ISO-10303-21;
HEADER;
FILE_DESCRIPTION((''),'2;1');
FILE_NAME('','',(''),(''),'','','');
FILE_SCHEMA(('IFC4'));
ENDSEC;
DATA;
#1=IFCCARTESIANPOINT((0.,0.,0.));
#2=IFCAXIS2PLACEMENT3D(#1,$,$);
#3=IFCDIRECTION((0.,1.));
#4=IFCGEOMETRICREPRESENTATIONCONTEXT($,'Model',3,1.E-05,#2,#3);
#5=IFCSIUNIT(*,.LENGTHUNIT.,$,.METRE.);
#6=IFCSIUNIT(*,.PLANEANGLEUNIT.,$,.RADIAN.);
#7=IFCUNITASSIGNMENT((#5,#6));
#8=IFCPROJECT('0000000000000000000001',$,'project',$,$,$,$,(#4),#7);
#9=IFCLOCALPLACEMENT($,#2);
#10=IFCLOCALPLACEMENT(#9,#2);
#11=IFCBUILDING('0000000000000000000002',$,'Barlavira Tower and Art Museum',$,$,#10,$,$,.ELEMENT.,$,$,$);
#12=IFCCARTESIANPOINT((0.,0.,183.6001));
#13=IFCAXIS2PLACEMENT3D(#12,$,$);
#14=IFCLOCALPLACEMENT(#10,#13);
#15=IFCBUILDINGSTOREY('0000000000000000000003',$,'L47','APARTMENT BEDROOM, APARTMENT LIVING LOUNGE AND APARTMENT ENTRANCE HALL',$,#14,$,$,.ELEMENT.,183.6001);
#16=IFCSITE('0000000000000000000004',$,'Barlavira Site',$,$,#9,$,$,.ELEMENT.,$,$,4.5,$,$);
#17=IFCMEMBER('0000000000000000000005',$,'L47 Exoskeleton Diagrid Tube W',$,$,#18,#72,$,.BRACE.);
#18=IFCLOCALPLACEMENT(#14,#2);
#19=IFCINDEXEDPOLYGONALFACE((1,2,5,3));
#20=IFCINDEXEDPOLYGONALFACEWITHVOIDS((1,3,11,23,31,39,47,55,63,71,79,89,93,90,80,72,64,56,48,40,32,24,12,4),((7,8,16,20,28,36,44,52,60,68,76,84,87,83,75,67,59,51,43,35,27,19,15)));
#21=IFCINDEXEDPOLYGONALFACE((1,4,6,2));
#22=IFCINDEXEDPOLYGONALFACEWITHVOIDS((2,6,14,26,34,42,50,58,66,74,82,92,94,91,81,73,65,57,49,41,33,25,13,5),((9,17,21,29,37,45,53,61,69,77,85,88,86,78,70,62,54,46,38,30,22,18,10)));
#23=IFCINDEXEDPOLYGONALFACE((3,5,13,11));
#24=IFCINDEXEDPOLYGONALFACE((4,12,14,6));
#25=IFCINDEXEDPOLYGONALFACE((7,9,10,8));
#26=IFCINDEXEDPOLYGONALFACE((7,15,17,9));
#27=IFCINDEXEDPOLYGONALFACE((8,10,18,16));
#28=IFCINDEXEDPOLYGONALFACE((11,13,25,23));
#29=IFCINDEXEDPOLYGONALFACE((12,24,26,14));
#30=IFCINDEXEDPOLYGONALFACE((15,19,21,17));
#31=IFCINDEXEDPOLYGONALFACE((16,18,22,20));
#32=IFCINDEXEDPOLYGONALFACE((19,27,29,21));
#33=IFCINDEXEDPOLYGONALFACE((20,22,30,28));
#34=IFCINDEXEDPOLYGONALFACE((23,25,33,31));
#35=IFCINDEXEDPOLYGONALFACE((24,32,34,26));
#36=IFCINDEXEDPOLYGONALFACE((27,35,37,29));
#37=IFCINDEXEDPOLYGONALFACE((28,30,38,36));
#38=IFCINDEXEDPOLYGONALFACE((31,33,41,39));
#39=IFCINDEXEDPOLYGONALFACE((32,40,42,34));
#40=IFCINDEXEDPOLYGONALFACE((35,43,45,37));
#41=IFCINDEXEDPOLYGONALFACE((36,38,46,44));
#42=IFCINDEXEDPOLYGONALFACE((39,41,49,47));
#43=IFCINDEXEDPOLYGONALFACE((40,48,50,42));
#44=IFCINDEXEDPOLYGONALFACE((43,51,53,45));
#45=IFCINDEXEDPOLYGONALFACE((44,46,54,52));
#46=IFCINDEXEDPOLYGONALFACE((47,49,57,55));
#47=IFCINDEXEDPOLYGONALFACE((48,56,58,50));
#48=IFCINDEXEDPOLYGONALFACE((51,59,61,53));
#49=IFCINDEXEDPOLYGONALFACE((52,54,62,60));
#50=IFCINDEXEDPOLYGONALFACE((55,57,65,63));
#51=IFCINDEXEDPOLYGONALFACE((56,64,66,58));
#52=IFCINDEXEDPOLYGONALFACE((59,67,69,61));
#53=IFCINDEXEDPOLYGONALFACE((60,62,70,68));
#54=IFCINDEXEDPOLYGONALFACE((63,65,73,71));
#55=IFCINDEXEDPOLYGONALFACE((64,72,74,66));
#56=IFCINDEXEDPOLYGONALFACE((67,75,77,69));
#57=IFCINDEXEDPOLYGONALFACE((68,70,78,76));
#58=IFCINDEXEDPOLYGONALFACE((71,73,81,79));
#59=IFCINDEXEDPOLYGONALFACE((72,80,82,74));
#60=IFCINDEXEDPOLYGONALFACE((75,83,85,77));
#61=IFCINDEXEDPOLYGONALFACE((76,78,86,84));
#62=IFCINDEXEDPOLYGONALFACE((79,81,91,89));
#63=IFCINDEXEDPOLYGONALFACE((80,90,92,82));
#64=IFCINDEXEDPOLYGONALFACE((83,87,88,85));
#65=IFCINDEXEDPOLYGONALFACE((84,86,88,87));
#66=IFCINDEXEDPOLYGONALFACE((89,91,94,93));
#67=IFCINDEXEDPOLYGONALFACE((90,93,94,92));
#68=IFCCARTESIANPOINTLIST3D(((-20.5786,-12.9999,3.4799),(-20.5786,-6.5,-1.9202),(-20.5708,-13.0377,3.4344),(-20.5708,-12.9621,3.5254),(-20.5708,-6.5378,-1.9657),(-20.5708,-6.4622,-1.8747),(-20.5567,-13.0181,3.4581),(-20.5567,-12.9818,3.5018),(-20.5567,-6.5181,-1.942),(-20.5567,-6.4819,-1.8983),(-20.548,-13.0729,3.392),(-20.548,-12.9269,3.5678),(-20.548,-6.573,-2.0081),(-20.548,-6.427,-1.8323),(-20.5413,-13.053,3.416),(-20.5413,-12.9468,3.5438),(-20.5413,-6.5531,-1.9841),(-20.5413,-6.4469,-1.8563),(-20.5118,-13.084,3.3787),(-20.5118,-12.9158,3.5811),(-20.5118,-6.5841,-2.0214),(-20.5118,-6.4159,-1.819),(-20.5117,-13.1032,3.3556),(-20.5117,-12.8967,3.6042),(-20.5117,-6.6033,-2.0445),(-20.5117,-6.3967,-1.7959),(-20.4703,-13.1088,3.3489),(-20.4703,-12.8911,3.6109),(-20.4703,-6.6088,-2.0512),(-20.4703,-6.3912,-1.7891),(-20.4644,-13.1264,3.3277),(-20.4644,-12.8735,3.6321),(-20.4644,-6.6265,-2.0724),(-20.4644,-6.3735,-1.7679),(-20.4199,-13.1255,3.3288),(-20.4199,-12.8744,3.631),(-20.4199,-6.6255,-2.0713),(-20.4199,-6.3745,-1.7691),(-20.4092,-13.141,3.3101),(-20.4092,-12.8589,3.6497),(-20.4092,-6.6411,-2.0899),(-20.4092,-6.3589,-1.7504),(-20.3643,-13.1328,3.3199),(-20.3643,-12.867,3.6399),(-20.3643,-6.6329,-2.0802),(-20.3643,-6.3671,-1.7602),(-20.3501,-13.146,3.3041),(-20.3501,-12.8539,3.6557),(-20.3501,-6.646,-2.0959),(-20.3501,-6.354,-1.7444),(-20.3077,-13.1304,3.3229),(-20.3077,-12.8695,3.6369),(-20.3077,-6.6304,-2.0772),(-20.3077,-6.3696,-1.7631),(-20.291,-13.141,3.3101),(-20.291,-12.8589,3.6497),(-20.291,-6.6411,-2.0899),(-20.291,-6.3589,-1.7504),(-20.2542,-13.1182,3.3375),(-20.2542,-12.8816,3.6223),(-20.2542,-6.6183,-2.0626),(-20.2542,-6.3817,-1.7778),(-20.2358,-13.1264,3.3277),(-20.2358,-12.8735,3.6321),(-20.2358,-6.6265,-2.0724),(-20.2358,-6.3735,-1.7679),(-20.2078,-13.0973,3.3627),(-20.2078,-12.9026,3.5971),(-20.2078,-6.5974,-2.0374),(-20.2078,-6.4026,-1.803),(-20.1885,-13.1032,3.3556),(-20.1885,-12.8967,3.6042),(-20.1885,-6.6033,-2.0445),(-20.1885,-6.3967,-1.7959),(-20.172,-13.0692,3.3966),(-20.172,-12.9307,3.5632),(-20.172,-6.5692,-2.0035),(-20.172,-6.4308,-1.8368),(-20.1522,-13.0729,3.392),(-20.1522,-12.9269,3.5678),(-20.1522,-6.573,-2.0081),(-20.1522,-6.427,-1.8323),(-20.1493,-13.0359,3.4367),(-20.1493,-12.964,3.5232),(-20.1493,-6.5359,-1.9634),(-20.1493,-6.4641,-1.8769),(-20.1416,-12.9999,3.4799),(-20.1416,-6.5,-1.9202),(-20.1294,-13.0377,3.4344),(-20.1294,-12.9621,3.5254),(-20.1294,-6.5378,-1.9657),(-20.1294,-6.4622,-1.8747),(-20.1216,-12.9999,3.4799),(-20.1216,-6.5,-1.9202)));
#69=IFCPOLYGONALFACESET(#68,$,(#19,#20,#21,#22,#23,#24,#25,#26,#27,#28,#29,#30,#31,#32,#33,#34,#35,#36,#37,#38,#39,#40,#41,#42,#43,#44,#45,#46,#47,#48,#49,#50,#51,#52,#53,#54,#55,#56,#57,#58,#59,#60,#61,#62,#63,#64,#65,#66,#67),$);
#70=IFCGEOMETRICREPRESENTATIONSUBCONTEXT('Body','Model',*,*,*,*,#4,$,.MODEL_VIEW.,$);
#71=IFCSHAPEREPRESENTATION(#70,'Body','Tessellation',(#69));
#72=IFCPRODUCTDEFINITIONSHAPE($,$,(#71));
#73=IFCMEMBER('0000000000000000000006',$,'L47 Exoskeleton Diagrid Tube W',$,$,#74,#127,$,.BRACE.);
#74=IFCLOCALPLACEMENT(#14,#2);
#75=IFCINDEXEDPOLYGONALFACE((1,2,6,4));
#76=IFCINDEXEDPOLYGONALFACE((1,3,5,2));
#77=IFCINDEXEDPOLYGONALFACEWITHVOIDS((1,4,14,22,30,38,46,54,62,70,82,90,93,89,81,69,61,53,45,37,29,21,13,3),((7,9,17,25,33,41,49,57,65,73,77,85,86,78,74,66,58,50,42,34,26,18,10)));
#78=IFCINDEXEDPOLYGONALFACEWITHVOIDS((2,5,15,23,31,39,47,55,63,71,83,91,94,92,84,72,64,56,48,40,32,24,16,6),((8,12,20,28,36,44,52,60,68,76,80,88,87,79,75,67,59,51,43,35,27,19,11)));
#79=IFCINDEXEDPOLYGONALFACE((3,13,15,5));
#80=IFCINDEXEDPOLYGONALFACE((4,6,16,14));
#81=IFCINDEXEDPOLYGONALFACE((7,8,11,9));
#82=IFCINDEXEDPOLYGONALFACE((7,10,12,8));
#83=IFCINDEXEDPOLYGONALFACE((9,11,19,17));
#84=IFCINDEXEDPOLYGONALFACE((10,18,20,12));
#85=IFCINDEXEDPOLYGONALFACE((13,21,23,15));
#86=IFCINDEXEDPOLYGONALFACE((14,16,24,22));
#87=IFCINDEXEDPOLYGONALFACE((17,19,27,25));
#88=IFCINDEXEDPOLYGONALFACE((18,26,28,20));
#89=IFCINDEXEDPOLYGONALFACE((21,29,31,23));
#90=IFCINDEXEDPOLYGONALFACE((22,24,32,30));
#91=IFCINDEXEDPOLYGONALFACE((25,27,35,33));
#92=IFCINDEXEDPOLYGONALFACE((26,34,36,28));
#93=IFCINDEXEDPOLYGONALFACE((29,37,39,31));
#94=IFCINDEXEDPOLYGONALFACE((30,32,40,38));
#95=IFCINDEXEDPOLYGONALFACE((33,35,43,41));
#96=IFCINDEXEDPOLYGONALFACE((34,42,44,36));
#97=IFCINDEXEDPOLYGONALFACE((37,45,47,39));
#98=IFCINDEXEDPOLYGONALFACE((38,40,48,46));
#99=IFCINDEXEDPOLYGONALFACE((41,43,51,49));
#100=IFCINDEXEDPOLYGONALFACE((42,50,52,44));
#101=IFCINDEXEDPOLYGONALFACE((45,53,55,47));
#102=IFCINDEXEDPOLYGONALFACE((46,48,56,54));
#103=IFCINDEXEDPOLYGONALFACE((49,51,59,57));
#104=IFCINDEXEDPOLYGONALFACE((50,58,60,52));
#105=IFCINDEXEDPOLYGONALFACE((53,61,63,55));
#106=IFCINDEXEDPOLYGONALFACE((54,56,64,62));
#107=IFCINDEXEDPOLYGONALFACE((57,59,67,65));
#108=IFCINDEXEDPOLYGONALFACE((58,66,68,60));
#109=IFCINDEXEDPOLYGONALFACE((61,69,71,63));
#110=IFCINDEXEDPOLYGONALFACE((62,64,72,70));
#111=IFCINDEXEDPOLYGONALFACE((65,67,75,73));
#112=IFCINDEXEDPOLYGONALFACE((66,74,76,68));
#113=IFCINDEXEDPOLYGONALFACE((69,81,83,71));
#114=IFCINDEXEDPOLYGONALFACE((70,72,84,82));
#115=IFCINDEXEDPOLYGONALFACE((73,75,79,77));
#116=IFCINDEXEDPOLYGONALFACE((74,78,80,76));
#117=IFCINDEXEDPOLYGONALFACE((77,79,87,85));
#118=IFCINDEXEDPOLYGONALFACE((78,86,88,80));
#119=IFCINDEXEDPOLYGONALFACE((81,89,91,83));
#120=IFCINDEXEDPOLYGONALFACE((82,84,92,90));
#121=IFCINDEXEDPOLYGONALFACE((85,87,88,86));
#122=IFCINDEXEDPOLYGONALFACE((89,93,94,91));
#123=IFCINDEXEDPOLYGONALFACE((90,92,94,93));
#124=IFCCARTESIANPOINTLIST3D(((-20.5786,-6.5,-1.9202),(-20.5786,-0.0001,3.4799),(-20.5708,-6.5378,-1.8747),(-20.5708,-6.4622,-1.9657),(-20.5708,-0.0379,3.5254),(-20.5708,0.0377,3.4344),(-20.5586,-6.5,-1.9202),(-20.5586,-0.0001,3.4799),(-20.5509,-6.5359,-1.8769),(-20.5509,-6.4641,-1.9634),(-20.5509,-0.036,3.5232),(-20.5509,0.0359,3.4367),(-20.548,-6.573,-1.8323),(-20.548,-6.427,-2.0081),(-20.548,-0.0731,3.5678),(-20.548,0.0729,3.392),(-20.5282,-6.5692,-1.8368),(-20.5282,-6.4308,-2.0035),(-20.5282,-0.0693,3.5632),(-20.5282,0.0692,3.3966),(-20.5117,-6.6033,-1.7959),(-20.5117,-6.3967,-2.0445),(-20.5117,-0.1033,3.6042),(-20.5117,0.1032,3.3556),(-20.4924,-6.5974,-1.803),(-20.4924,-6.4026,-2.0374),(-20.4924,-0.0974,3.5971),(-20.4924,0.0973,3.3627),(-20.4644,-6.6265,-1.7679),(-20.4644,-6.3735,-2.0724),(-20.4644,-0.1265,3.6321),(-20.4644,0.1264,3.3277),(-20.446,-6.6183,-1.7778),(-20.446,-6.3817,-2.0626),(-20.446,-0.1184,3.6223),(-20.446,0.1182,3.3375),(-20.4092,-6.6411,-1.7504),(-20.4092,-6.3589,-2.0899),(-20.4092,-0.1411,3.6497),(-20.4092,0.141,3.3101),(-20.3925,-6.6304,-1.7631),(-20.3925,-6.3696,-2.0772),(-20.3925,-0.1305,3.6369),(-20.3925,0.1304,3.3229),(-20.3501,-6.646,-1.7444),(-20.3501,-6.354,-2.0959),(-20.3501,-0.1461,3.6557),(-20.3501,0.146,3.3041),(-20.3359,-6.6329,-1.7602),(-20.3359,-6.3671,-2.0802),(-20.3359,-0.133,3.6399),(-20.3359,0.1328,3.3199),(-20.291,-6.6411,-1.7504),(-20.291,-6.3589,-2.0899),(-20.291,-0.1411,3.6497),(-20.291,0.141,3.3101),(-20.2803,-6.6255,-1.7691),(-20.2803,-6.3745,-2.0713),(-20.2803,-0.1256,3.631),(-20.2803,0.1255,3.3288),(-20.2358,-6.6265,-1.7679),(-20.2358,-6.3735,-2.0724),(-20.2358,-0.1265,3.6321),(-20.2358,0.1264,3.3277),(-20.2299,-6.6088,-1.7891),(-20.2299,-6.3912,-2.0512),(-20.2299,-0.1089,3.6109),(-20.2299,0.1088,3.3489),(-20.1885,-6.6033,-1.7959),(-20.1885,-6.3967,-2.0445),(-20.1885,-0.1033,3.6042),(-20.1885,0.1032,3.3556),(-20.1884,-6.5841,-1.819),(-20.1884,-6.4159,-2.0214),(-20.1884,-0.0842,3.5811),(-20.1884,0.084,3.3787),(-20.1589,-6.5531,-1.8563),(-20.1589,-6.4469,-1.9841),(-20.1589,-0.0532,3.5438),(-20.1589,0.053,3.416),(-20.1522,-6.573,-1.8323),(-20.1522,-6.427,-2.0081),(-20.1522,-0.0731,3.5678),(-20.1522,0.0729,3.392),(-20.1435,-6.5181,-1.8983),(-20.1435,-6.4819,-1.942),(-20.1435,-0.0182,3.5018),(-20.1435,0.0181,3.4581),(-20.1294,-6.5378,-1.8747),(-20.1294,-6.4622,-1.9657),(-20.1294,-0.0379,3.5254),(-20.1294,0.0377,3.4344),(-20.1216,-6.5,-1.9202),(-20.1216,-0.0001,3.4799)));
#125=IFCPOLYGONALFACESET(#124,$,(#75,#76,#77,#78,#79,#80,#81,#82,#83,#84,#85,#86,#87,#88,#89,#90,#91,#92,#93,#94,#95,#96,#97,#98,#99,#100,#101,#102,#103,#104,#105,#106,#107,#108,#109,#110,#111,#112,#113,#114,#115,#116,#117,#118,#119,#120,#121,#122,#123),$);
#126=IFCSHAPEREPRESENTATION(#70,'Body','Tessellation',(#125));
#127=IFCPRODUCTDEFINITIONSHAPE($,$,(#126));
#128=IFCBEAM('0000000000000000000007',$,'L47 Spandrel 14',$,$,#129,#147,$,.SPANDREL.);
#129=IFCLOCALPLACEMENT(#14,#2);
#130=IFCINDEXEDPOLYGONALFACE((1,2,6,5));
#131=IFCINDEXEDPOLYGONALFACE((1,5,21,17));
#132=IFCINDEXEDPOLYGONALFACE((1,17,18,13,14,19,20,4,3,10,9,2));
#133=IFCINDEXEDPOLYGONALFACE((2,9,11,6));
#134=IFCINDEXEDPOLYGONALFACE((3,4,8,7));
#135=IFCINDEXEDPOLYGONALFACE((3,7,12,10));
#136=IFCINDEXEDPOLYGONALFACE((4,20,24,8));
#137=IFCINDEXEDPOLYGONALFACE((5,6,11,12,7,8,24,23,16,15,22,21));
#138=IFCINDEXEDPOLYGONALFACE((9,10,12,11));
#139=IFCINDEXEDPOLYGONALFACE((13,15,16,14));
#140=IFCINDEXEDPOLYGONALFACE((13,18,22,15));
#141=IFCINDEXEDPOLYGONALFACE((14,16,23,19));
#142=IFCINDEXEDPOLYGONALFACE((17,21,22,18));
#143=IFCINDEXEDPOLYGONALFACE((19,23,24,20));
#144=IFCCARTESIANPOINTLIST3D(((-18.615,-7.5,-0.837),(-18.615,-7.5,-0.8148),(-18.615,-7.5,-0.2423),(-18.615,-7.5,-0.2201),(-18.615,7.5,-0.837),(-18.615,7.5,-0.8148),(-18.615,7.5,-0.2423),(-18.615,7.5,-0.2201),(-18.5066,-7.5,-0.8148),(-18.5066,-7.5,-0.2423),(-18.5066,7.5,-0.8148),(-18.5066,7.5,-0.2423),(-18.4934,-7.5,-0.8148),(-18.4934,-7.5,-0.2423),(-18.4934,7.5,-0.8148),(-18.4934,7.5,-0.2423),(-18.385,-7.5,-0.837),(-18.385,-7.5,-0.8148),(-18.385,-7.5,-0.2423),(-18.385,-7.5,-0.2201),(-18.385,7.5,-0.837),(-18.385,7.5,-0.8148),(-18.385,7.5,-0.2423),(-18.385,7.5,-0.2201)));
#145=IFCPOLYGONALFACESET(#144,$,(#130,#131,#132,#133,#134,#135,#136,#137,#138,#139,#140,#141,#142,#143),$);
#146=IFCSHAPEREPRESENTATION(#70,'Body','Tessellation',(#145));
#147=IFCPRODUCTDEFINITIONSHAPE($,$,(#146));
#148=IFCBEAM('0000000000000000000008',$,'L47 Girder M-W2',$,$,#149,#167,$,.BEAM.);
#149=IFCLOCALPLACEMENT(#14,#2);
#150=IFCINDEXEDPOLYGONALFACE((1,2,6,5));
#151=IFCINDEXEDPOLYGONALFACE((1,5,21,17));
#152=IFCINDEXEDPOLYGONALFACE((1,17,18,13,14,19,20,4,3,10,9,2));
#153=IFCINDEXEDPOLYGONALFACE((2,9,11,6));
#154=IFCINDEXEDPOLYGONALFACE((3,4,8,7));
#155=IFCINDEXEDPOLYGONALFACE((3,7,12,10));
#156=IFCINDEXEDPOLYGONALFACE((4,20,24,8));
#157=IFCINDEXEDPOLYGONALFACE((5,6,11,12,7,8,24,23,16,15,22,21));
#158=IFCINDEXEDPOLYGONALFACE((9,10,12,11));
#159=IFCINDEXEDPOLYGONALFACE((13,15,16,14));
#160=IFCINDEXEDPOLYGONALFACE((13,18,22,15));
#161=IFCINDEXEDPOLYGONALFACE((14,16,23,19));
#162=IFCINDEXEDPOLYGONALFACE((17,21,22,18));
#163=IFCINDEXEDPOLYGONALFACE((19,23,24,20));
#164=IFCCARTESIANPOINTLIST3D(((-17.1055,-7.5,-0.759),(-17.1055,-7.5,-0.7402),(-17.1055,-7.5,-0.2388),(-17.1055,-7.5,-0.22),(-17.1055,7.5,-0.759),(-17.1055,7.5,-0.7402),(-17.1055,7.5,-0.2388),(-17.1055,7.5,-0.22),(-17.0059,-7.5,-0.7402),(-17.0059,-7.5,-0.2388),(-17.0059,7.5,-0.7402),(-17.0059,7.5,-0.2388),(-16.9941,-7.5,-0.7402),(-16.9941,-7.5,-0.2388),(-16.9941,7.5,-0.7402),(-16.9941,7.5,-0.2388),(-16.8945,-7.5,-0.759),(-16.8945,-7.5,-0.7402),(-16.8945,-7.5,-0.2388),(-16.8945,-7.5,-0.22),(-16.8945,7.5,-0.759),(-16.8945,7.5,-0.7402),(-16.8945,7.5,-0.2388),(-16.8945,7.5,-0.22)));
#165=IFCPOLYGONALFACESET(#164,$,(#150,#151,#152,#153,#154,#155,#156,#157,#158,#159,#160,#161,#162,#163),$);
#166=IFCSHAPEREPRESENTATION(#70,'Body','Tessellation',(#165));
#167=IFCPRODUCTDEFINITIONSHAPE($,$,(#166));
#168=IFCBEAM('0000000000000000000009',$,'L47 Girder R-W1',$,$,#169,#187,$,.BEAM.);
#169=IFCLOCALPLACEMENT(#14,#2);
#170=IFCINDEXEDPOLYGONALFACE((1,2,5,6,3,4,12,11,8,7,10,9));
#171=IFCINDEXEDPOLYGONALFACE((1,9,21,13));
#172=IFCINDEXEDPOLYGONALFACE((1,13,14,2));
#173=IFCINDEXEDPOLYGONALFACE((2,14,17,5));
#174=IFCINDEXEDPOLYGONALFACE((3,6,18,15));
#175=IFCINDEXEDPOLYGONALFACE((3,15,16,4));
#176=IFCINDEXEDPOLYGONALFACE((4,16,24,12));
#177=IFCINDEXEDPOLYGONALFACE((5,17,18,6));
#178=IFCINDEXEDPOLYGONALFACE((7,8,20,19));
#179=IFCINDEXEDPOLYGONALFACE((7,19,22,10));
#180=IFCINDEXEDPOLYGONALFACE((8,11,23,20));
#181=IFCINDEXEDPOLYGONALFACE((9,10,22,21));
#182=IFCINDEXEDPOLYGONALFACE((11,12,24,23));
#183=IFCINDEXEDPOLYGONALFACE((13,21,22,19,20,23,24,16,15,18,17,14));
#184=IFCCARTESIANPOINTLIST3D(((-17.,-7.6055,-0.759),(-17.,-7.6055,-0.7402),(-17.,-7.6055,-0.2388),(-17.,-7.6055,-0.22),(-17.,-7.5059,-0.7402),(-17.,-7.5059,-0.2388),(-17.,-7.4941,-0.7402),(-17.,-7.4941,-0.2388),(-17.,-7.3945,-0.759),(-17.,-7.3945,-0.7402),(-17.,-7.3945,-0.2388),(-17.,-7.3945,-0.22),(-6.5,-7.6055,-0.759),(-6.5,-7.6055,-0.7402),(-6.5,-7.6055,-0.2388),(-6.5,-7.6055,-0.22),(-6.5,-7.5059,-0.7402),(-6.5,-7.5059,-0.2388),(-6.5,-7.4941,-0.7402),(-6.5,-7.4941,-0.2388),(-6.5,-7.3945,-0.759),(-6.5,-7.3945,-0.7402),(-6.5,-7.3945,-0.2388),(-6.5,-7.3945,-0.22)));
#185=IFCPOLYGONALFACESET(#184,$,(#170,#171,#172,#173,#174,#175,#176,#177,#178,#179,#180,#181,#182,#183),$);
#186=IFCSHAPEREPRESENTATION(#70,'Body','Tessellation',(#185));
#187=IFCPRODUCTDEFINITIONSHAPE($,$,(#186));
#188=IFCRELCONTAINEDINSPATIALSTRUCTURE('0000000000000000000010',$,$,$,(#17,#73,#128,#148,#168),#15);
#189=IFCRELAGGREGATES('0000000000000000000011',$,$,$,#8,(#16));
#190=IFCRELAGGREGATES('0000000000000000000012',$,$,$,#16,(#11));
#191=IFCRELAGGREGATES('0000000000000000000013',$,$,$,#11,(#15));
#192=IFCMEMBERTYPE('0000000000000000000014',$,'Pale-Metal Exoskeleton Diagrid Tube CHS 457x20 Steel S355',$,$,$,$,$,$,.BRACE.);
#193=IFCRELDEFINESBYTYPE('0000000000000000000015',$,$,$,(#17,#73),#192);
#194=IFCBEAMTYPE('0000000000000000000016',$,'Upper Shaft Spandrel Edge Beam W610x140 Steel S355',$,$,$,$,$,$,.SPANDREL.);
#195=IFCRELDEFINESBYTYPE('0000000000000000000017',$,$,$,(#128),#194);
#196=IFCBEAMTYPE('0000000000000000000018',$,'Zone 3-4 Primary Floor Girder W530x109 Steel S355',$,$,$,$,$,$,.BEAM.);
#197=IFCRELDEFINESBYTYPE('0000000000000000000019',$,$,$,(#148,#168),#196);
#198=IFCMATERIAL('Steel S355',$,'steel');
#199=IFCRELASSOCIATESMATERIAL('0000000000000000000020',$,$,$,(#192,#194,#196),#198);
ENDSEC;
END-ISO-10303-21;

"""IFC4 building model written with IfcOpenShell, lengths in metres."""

from ifc_helpers import new_model, si_unit, direction, frame, origin, origin_2d, place, context, subcontext, project, spatial, hollow_circle, i_section, extrude, material, material_profile, profile_set, type_object, element, save


model = new_model("IFC4")

# Units and contexts
model_context = context("Model", 3, precision=1e-05, world=origin(), true_north=direction((0.0, 1.0)))
body_context = subcontext(model_context, "Body", "Model", "MODEL_VIEW")
ifc_project = project(units=[si_unit("LENGTHUNIT", "METRE"), si_unit("PLANEANGLEUNIT", "RADIAN")], contexts=[model_context])

# Site, building, storey
site_placement = place(None, origin())
site = spatial("IfcSite", under=ifc_project, at=site_placement, Name="Barlavira Site", CompositionType="ELEMENT", RefElevation=4.5)
building_placement = place(site_placement, origin())
building = spatial("IfcBuilding", under=site, at=building_placement, Name="Barlavira Tower and Art Museum", CompositionType="ELEMENT")
storey_placement = place(building_placement, frame((0.0, 0.0, 183.6001)))
storey = spatial("IfcBuildingStorey", under=building, at=storey_placement, Name="L47", Description="APARTMENT BEDROOM, APARTMENT LIVING LOUNGE AND APARTMENT ENTRANCE HALL", CompositionType="ELEMENT", Elevation=183.6001)

# Members
ifc_material_1 = material(Name="Steel S355", Category="steel")
ifc_material_profile_1 = material_profile(ifc_material_1, hollow_circle(Radius=0.2285, WallThickness=0.02, at=origin_2d()), Name="CHS 457.0x20.0")
ifc_profile_set_1 = profile_set([ifc_material_profile_1], Name="Steel S355")
member_type_1 = type_object("IfcMemberType", Name="Pale-Metal Exoskeleton Diagrid Tube CHS 457x20 Steel S355", PredefinedType="BRACE", material=ifc_profile_set_1)
for number, where, z_axis, x_axis, name in (
    (1, (-20.3501, -6.5, -1.9202), (0.0, -0.769182, 0.63903), (1.0, 0.0, 0.0), "L47 Exoskeleton Diagrid Tube W"),
    (2, (-20.3501, -6.5, -1.9202), (0.0, 0.769182, 0.63903), (-1.0, 0.0, 0.0), "L47 Exoskeleton Diagrid Tube W"),
):
    element("IfcMember", number, at=place(storey_placement, frame(where, z_axis=z_axis, x_axis=x_axis)), inside=storey, type_object=member_type_1, Name=name, PredefinedType="BRACE", context=body_context, shape_type="SweptSolid", body=[
        extrude(hollow_circle(Radius=0.2285, WallThickness=0.02, at=origin_2d()), origin(), (0.0, 0.0, 1.0), 8.4504),
    ])

# Beams
ifc_material_profile_2 = material_profile(ifc_material_1, i_section(OverallWidth=0.23, OverallDepth=0.6169, WebThickness=0.0132, FlangeThickness=0.0222, at=origin_2d()), Name="W610x140.0")
ifc_profile_set_2 = profile_set([ifc_material_profile_2], Name="Steel S355")
beam_type_1 = type_object("IfcBeamType", Name="Upper Shaft Spandrel Edge Beam W610x140 Steel S355", PredefinedType="SPANDREL", material=ifc_profile_set_2)
beam_1_placement = place(storey_placement, frame((-18.5, -7.5, -0.5286), z_axis=(0.0, 1.0, 0.0), x_axis=(-1.0, 0.0, 0.0)))
element("IfcBeam", 3, at=beam_1_placement, inside=storey, type_object=beam_type_1, Name="L47 Spandrel 14", PredefinedType="SPANDREL", context=body_context, shape_type="SweptSolid", body=[
    extrude(i_section(OverallWidth=0.23, OverallDepth=0.6169, WebThickness=0.0132, FlangeThickness=0.0222, at=origin_2d()), origin(), (0.0, 0.0, 1.0), 15.0),
])
ifc_material_profile_3 = material_profile(ifc_material_1, i_section(OverallWidth=0.2109, OverallDepth=0.5391, WebThickness=0.0117, FlangeThickness=0.0188, at=origin_2d()), Name="W530x109.0")
ifc_profile_set_3 = profile_set([ifc_material_profile_3], Name="Steel S355")
beam_type_2 = type_object("IfcBeamType", Name="Zone 3-4 Primary Floor Girder W530x109 Steel S355", PredefinedType="BEAM", material=ifc_profile_set_3)
beam_2_placement = place(storey_placement, frame((-17.0, -7.5, -0.4895), z_axis=(0.0, 1.0, 0.0), x_axis=(-1.0, 0.0, 0.0)))
element("IfcBeam", 4, at=beam_2_placement, inside=storey, type_object=beam_type_2, Name="L47 Girder M-W2", PredefinedType="BEAM", context=body_context, shape_type="SweptSolid", body=[
    extrude(i_section(OverallWidth=0.2109, OverallDepth=0.5391, WebThickness=0.0117, FlangeThickness=0.0188, at=origin_2d()), origin(), (0.0, 0.0, 1.0), 15.0),
])
beam_3_placement = place(storey_placement, frame((-17.0, -7.5, -0.4895), z_axis=(1.0, 0.0, 0.0), x_axis=(0.0, 1.0, 0.0)))
element("IfcBeam", 5, at=beam_3_placement, inside=storey, type_object=beam_type_2, Name="L47 Girder R-W1", PredefinedType="BEAM", context=body_context, shape_type="SweptSolid", body=[
    extrude(i_section(OverallWidth=0.2109, OverallDepth=0.5391, WebThickness=0.0117, FlangeThickness=0.0188, at=origin_2d()), origin(), (0.0, 0.0, 1.0), 10.5),
])

save(model, "model.ifc")
